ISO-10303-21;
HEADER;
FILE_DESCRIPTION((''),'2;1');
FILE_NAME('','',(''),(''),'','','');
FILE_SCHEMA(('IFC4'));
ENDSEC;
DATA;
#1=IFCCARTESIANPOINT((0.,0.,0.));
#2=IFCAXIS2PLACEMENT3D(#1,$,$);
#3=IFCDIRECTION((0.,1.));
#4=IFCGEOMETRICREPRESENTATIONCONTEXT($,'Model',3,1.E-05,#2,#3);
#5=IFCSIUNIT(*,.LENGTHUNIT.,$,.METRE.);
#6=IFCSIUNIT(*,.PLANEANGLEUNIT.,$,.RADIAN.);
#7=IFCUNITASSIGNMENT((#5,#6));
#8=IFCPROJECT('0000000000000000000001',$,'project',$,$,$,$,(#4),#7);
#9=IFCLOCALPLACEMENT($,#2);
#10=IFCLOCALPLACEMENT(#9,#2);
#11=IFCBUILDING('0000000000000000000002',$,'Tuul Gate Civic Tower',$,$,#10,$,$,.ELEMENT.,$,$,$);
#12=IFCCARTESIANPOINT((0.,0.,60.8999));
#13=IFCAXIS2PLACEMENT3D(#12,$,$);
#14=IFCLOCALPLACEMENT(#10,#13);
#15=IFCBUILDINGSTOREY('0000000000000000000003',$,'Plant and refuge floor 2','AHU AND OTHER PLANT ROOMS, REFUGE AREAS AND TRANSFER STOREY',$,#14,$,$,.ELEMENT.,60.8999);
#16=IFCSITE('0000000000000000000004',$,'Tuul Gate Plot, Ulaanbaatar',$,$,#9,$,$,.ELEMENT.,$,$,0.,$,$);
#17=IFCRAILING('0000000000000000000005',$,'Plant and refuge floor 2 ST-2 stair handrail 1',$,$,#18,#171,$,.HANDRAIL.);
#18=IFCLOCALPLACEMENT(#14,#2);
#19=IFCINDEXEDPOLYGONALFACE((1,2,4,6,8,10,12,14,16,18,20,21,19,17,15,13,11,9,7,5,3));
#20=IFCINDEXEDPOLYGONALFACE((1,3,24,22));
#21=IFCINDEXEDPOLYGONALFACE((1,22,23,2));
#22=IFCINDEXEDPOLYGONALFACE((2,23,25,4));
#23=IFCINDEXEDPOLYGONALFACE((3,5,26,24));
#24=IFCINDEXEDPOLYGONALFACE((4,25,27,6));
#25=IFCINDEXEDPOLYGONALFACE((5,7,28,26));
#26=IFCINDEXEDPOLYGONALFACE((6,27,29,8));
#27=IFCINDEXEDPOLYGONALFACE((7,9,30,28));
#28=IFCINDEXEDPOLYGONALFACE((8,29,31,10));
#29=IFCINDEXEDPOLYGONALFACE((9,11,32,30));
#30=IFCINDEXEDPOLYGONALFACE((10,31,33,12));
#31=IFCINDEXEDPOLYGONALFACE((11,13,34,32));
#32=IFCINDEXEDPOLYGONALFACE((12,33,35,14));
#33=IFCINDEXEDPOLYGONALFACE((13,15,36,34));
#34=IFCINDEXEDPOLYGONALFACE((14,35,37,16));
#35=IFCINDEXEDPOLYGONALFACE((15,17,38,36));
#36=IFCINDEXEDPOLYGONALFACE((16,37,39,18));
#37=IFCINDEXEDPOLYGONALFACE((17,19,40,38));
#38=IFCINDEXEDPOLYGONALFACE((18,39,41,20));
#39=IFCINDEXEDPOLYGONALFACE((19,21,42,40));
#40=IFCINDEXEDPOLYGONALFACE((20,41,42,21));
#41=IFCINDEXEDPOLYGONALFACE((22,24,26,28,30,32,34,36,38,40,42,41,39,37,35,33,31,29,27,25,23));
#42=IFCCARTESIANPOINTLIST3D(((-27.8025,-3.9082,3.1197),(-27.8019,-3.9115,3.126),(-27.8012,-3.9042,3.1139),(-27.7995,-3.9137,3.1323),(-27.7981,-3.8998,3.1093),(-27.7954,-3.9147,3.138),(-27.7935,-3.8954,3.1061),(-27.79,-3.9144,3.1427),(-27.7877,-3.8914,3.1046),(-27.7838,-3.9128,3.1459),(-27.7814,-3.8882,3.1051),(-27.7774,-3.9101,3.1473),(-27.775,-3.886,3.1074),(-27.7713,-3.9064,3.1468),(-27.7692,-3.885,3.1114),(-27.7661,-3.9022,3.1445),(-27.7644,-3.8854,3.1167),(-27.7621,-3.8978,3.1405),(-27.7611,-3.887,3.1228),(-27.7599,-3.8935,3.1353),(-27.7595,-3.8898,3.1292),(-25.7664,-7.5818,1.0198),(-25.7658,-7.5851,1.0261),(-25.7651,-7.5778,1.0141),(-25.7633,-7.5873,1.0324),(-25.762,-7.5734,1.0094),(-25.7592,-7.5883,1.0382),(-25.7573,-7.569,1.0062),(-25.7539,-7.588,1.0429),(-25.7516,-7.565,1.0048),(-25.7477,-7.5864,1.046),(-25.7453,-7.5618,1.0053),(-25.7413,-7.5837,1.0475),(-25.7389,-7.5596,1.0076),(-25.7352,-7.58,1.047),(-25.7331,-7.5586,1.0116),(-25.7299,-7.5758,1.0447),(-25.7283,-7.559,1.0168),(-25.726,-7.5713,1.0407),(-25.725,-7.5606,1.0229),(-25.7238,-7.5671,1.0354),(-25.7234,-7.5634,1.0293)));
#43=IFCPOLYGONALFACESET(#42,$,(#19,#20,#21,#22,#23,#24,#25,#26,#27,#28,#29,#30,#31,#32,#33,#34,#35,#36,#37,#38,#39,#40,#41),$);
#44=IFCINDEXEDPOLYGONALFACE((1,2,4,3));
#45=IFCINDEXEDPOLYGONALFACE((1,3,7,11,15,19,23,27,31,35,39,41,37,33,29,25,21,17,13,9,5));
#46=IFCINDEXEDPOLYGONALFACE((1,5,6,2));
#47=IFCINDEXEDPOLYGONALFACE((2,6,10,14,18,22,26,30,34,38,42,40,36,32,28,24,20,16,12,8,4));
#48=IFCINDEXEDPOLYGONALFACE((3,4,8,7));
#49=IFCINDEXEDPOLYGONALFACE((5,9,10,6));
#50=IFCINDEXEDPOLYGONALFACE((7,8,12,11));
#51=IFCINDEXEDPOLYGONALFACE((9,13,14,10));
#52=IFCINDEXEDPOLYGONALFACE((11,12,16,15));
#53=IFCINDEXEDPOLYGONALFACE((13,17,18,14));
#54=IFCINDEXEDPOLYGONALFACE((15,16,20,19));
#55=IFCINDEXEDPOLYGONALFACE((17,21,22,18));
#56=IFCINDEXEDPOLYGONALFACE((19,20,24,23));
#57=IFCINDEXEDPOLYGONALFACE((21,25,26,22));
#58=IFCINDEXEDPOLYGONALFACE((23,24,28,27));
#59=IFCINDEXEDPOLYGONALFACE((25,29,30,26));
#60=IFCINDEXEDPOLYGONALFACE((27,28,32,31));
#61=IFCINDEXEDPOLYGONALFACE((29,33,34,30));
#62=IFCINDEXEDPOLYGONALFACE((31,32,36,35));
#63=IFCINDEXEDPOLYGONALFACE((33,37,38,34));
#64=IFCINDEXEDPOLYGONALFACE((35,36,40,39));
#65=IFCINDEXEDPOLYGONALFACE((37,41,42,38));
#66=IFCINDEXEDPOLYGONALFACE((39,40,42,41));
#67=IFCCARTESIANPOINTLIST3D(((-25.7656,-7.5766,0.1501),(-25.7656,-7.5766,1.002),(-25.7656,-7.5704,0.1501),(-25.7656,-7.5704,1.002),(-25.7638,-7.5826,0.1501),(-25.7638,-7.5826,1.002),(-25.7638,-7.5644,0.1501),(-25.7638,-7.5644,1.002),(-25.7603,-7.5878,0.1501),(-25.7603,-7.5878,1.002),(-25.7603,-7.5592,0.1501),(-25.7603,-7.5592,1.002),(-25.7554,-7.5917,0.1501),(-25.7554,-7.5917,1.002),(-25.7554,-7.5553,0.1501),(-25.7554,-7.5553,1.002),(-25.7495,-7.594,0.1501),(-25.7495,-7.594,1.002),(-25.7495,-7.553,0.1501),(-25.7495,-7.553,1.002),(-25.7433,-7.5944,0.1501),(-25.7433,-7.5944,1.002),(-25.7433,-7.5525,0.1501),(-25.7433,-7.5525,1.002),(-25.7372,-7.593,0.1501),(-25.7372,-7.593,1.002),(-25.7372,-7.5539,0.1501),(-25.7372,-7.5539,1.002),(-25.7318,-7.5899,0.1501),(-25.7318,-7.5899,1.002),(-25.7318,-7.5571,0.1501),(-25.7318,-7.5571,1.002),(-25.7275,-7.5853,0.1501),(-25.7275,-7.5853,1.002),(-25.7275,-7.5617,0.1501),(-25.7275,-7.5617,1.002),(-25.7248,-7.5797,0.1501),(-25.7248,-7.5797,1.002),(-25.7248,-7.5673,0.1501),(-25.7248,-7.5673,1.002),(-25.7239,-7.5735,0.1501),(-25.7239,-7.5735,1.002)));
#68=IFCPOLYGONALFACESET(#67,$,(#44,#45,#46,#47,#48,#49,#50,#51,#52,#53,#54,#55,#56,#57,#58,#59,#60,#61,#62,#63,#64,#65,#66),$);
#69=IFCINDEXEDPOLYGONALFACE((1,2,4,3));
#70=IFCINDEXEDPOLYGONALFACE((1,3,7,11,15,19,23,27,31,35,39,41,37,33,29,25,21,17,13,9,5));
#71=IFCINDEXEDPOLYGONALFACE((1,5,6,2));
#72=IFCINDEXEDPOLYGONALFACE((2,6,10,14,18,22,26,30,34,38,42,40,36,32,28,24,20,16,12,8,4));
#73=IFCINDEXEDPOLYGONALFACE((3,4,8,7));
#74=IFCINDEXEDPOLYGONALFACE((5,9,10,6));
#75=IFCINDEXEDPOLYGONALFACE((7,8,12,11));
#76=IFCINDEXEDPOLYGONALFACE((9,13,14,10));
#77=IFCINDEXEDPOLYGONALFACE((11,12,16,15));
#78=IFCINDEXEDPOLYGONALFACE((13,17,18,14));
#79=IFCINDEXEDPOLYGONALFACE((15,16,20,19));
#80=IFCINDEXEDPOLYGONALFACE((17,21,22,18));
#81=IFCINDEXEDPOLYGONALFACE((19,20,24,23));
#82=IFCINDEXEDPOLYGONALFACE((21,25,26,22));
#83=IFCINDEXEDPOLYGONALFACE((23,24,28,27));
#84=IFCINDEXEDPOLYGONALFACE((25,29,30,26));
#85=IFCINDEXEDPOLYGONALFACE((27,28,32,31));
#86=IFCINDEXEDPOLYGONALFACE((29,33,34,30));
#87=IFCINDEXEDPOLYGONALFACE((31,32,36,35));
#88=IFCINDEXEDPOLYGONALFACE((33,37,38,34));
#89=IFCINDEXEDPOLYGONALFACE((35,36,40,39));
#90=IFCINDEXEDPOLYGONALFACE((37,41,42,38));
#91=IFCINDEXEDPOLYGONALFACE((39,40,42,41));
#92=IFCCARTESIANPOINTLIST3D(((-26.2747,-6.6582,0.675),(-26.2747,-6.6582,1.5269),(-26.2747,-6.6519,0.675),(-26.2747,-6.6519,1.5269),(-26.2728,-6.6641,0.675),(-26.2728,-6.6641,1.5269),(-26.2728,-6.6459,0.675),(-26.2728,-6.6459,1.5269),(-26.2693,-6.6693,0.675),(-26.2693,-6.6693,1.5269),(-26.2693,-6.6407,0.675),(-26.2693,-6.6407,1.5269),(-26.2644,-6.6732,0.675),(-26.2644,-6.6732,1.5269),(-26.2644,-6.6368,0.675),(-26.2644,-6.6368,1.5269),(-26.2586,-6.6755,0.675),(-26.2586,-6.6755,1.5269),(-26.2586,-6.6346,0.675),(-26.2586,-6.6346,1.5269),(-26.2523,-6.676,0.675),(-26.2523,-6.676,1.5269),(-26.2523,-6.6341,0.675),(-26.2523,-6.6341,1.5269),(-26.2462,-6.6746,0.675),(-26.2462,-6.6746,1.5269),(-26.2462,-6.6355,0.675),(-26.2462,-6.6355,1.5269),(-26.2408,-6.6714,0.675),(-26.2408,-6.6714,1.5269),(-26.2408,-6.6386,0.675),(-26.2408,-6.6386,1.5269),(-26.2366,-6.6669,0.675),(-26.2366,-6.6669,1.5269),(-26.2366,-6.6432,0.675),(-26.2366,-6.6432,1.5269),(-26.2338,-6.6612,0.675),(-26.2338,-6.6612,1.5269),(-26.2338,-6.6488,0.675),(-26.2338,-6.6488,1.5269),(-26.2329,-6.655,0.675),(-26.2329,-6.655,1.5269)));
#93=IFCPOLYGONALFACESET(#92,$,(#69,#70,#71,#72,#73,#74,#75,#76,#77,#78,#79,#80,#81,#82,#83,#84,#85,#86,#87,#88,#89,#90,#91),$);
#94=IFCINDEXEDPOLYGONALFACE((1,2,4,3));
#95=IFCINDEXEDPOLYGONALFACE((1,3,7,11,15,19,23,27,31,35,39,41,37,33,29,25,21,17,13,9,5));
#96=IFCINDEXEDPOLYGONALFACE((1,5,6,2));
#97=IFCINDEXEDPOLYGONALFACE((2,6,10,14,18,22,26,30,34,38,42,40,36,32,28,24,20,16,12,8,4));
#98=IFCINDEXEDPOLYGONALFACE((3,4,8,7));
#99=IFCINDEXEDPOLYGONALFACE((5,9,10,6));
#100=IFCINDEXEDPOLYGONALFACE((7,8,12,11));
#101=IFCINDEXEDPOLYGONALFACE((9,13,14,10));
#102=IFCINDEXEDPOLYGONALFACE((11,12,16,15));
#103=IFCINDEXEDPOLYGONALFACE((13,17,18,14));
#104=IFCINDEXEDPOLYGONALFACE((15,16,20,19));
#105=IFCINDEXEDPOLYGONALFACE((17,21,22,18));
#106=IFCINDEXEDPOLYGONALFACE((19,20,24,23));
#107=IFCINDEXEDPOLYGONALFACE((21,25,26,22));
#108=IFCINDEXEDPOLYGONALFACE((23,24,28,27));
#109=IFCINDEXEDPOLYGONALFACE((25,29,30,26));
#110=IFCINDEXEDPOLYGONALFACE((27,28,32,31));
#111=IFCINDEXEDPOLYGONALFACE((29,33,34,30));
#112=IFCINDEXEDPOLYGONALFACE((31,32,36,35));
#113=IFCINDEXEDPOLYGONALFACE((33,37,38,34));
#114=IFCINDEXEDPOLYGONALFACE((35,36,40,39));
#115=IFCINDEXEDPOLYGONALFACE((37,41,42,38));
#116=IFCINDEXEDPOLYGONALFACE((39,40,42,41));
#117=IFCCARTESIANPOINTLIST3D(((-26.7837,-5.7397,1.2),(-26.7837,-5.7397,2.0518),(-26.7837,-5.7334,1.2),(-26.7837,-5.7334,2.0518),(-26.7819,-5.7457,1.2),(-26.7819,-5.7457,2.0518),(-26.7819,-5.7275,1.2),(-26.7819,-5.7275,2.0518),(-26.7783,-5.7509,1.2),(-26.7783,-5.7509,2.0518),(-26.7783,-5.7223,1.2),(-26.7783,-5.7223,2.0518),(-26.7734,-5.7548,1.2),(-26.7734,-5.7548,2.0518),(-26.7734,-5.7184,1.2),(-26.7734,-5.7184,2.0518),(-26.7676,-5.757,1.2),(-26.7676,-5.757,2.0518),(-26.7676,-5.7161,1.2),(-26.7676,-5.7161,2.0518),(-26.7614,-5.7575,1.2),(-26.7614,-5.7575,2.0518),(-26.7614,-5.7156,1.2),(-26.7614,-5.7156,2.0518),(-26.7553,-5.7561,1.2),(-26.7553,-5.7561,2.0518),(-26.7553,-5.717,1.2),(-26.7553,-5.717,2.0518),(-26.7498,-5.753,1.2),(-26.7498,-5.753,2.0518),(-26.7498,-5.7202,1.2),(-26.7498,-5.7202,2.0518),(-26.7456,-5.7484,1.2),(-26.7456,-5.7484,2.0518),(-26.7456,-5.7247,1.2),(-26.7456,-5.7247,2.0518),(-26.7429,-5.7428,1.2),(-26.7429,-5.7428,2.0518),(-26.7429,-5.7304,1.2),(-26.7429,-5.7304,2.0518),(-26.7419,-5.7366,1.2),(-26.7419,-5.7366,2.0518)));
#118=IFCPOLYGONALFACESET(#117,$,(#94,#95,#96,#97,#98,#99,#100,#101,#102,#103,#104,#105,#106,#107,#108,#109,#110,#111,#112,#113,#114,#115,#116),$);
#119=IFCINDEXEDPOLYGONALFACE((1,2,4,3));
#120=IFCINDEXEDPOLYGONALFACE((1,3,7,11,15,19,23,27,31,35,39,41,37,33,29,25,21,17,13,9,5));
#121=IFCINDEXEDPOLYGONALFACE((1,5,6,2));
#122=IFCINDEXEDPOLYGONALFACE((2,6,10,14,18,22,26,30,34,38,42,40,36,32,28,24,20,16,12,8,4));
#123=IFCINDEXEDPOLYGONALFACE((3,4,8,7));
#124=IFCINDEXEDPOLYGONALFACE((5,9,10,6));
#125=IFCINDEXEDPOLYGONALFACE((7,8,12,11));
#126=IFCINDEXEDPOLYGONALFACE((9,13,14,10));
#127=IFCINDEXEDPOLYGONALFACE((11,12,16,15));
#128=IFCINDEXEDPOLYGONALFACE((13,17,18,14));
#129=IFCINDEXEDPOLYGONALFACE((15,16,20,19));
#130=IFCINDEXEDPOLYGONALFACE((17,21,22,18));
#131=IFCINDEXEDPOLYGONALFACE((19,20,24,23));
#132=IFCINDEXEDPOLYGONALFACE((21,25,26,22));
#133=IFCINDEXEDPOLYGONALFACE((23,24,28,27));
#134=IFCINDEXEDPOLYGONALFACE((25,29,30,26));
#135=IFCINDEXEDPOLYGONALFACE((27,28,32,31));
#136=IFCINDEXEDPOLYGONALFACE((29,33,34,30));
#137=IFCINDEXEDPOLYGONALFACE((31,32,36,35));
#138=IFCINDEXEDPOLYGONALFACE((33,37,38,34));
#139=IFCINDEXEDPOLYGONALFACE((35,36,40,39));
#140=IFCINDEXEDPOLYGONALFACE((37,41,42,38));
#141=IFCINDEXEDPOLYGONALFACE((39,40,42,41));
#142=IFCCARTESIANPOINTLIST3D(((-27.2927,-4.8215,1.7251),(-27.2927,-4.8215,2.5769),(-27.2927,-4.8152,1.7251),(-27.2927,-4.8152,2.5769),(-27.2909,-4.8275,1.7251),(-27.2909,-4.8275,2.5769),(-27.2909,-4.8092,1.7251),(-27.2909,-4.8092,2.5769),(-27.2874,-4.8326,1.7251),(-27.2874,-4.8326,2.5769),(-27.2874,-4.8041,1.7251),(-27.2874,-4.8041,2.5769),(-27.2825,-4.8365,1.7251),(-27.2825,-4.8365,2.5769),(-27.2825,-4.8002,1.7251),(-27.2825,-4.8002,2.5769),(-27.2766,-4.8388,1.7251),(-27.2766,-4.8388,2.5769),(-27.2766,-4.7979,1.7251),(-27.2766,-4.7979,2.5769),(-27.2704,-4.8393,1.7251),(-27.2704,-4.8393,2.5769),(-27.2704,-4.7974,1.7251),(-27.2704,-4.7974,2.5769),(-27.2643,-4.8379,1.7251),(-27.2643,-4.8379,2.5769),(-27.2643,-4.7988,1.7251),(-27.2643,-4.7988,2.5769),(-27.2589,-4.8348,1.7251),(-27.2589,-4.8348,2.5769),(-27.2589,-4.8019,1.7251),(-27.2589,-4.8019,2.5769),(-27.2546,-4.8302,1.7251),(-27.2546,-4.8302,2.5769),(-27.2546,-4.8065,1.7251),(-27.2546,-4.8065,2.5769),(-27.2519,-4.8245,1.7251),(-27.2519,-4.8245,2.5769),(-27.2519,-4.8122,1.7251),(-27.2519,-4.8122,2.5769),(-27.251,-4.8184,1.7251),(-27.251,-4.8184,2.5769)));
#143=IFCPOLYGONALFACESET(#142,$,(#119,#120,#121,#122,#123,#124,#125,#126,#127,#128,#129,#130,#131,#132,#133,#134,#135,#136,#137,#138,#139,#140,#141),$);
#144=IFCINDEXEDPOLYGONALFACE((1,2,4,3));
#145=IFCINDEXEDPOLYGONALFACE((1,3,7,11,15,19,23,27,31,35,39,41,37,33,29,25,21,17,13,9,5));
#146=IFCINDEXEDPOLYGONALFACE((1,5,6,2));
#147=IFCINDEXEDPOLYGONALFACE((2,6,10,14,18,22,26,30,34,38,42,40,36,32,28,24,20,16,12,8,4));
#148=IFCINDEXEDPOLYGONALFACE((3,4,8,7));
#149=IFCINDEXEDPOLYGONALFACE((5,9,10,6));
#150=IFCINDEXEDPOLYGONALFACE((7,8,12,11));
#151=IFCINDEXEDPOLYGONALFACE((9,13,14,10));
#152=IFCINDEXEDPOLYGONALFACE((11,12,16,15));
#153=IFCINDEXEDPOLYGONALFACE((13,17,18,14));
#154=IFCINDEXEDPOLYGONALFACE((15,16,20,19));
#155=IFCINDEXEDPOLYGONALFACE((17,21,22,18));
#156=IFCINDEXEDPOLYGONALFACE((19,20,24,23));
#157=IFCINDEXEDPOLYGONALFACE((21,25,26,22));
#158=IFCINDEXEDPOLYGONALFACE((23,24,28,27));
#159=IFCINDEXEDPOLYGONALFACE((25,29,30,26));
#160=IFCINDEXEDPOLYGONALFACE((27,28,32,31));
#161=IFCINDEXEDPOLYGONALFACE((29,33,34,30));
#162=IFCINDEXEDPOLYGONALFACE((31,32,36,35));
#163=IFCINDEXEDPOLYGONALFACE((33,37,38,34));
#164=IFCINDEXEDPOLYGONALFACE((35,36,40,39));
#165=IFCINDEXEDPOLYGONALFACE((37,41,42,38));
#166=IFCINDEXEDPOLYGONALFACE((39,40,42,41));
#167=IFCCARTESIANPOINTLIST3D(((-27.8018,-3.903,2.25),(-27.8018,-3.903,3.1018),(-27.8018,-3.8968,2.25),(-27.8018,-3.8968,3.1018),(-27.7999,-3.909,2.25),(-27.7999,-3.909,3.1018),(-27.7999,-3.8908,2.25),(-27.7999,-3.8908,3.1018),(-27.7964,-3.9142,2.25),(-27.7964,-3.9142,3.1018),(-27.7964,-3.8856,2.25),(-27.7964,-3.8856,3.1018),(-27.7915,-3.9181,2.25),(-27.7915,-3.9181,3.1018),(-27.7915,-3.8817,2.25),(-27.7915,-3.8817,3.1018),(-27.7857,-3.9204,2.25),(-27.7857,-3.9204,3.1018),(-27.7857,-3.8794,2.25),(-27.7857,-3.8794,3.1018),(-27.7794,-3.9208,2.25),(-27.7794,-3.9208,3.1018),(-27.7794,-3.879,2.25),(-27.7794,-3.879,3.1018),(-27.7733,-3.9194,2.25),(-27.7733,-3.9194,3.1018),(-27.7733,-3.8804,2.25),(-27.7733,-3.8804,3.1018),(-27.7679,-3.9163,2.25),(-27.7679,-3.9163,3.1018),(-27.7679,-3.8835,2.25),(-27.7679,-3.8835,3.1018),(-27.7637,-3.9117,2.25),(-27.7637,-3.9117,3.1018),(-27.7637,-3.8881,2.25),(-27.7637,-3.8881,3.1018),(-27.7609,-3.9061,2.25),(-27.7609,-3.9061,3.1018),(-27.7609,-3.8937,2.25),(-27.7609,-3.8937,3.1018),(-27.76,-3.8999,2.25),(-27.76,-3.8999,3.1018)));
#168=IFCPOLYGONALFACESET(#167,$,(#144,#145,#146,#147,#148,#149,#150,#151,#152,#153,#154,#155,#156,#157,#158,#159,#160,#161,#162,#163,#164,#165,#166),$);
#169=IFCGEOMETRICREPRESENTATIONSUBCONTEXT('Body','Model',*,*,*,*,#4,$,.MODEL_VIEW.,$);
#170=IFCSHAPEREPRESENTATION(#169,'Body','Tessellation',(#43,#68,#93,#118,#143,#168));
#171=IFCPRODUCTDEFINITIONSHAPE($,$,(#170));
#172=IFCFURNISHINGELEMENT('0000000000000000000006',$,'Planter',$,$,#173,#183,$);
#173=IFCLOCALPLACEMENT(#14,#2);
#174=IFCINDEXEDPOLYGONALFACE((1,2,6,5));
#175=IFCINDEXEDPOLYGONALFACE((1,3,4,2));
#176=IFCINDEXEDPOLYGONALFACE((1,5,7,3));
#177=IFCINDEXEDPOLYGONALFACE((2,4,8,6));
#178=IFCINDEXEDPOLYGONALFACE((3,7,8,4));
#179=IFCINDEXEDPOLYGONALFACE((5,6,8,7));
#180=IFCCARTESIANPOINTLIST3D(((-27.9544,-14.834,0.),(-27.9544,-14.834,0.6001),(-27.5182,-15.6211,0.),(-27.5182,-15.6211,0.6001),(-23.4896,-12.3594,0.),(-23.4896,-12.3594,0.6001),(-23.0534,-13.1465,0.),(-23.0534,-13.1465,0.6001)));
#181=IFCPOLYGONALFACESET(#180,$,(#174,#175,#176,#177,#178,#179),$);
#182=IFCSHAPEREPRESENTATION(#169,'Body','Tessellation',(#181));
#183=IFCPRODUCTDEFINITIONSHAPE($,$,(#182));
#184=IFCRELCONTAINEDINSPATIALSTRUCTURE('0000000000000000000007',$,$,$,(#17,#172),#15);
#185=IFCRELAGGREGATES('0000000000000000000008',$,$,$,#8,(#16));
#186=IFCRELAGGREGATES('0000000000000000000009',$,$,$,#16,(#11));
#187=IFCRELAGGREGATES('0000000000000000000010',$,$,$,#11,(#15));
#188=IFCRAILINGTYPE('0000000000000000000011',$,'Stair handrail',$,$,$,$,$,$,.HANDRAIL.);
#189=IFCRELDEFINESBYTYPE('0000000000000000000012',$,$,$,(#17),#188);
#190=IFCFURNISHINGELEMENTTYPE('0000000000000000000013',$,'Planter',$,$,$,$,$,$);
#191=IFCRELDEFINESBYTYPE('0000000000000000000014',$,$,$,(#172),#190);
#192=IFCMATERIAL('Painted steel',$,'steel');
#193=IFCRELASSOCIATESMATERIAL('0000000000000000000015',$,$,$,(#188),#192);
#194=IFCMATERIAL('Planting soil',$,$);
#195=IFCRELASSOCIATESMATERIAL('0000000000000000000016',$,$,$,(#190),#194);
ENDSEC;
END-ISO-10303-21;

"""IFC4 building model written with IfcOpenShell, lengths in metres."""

from ifc_helpers import new_model, si_unit, direction, frame, origin, origin_2d, place, context, subcontext, project, spatial, rectangle, circle, extrude, material, type_object, element, save


model = new_model("IFC4")

# Units and contexts
model_context = context("Model", 3, precision=1e-05, world=origin(), true_north=direction((0.0, 1.0)))
body_context = subcontext(model_context, "Body", "Model", "MODEL_VIEW")
ifc_project = project(units=[si_unit("LENGTHUNIT", "METRE"), si_unit("PLANEANGLEUNIT", "RADIAN")], contexts=[model_context])

# Site, building, storey
site_placement = place(None, origin())
site = spatial("IfcSite", under=ifc_project, at=site_placement, Name="Tuul Gate Plot, Ulaanbaatar", CompositionType="ELEMENT", RefElevation=0.0)
building_placement = place(site_placement, origin())
building = spatial("IfcBuilding", under=site, at=building_placement, Name="Tuul Gate Civic Tower", CompositionType="ELEMENT")
storey_placement = place(building_placement, frame((0.0, 0.0, 60.8999)))
storey = spatial("IfcBuildingStorey", under=building, at=storey_placement, Name="Plant and refuge floor 2", Description="AHU AND OTHER PLANT ROOMS, REFUGE AREAS AND TRANSFER STOREY", CompositionType="ELEMENT", Elevation=60.8999)

# Railing
ifc_material_1 = material(Name="Painted steel", Category="steel")
railing_type_1 = type_object("IfcRailingType", Name="Stair handrail", PredefinedType="HANDRAIL", material=ifc_material_1)
railing_1_placement = place(storey_placement, frame((-25.7449, -7.5735, 0.1501)))
element("IfcRailing", 1, at=railing_1_placement, inside=storey, type_object=railing_type_1, Name="Plant and refuge floor 2 ST-2 stair handrail 1", PredefinedType="HANDRAIL", context=body_context, shape_type="SweptSolid", body=[
    extrude(circle(Radius=0.0239, at=origin_2d()), frame((0.0, 0.0, 0.876), z_axis=(-0.433608, 0.782314, 0.447178), x_axis=(-0.874637, -0.484779, 0.0)), (0.0, 0.0, 1.0), 4.6958),
    extrude(circle(Radius=0.021, at=origin_2d()), origin(), (0.0, 0.0, 1.0), 0.8518),
    extrude(circle(Radius=0.021, at=origin_2d()), frame((-0.509, 0.9185, 0.5249)), (0.0, 0.0, 1.0), 0.8518),
    extrude(circle(Radius=0.021, at=origin_2d()), frame((-1.0181, 1.8369, 1.0498)), (0.0, 0.0, 1.0), 0.8518),
    extrude(circle(Radius=0.021, at=origin_2d()), frame((-1.5271, 2.7551, 1.575)), (0.0, 0.0, 1.0), 0.8518),
    extrude(circle(Radius=0.021, at=origin_2d()), frame((-2.0361, 3.6736, 2.0999)), (0.0, 0.0, 1.0), 0.8518),
])

# Furnishing element
ifc_material_2 = material(Name="Planting soil")
furnishing_element_type = type_object("IfcFurnishingElementType", Name="Planter", material=ifc_material_2)
furnishing_placement = place(storey_placement, frame((-25.5039, -13.9902, 0.0), z_axis=(0.0, 0.0, 1.0), x_axis=(0.874647, 0.48476, 0.0)))
element("IfcFurnishingElement", 2, at=furnishing_placement, inside=storey, type_object=furnishing_element_type, Name="Planter", context=body_context, shape_type="SweptSolid", body=[
    extrude(rectangle(XDim=5.1047, YDim=0.8999, at=origin_2d()), origin(), (0.0, 0.0, 1.0), 0.6001),
])

save(model, "model.ifc")
